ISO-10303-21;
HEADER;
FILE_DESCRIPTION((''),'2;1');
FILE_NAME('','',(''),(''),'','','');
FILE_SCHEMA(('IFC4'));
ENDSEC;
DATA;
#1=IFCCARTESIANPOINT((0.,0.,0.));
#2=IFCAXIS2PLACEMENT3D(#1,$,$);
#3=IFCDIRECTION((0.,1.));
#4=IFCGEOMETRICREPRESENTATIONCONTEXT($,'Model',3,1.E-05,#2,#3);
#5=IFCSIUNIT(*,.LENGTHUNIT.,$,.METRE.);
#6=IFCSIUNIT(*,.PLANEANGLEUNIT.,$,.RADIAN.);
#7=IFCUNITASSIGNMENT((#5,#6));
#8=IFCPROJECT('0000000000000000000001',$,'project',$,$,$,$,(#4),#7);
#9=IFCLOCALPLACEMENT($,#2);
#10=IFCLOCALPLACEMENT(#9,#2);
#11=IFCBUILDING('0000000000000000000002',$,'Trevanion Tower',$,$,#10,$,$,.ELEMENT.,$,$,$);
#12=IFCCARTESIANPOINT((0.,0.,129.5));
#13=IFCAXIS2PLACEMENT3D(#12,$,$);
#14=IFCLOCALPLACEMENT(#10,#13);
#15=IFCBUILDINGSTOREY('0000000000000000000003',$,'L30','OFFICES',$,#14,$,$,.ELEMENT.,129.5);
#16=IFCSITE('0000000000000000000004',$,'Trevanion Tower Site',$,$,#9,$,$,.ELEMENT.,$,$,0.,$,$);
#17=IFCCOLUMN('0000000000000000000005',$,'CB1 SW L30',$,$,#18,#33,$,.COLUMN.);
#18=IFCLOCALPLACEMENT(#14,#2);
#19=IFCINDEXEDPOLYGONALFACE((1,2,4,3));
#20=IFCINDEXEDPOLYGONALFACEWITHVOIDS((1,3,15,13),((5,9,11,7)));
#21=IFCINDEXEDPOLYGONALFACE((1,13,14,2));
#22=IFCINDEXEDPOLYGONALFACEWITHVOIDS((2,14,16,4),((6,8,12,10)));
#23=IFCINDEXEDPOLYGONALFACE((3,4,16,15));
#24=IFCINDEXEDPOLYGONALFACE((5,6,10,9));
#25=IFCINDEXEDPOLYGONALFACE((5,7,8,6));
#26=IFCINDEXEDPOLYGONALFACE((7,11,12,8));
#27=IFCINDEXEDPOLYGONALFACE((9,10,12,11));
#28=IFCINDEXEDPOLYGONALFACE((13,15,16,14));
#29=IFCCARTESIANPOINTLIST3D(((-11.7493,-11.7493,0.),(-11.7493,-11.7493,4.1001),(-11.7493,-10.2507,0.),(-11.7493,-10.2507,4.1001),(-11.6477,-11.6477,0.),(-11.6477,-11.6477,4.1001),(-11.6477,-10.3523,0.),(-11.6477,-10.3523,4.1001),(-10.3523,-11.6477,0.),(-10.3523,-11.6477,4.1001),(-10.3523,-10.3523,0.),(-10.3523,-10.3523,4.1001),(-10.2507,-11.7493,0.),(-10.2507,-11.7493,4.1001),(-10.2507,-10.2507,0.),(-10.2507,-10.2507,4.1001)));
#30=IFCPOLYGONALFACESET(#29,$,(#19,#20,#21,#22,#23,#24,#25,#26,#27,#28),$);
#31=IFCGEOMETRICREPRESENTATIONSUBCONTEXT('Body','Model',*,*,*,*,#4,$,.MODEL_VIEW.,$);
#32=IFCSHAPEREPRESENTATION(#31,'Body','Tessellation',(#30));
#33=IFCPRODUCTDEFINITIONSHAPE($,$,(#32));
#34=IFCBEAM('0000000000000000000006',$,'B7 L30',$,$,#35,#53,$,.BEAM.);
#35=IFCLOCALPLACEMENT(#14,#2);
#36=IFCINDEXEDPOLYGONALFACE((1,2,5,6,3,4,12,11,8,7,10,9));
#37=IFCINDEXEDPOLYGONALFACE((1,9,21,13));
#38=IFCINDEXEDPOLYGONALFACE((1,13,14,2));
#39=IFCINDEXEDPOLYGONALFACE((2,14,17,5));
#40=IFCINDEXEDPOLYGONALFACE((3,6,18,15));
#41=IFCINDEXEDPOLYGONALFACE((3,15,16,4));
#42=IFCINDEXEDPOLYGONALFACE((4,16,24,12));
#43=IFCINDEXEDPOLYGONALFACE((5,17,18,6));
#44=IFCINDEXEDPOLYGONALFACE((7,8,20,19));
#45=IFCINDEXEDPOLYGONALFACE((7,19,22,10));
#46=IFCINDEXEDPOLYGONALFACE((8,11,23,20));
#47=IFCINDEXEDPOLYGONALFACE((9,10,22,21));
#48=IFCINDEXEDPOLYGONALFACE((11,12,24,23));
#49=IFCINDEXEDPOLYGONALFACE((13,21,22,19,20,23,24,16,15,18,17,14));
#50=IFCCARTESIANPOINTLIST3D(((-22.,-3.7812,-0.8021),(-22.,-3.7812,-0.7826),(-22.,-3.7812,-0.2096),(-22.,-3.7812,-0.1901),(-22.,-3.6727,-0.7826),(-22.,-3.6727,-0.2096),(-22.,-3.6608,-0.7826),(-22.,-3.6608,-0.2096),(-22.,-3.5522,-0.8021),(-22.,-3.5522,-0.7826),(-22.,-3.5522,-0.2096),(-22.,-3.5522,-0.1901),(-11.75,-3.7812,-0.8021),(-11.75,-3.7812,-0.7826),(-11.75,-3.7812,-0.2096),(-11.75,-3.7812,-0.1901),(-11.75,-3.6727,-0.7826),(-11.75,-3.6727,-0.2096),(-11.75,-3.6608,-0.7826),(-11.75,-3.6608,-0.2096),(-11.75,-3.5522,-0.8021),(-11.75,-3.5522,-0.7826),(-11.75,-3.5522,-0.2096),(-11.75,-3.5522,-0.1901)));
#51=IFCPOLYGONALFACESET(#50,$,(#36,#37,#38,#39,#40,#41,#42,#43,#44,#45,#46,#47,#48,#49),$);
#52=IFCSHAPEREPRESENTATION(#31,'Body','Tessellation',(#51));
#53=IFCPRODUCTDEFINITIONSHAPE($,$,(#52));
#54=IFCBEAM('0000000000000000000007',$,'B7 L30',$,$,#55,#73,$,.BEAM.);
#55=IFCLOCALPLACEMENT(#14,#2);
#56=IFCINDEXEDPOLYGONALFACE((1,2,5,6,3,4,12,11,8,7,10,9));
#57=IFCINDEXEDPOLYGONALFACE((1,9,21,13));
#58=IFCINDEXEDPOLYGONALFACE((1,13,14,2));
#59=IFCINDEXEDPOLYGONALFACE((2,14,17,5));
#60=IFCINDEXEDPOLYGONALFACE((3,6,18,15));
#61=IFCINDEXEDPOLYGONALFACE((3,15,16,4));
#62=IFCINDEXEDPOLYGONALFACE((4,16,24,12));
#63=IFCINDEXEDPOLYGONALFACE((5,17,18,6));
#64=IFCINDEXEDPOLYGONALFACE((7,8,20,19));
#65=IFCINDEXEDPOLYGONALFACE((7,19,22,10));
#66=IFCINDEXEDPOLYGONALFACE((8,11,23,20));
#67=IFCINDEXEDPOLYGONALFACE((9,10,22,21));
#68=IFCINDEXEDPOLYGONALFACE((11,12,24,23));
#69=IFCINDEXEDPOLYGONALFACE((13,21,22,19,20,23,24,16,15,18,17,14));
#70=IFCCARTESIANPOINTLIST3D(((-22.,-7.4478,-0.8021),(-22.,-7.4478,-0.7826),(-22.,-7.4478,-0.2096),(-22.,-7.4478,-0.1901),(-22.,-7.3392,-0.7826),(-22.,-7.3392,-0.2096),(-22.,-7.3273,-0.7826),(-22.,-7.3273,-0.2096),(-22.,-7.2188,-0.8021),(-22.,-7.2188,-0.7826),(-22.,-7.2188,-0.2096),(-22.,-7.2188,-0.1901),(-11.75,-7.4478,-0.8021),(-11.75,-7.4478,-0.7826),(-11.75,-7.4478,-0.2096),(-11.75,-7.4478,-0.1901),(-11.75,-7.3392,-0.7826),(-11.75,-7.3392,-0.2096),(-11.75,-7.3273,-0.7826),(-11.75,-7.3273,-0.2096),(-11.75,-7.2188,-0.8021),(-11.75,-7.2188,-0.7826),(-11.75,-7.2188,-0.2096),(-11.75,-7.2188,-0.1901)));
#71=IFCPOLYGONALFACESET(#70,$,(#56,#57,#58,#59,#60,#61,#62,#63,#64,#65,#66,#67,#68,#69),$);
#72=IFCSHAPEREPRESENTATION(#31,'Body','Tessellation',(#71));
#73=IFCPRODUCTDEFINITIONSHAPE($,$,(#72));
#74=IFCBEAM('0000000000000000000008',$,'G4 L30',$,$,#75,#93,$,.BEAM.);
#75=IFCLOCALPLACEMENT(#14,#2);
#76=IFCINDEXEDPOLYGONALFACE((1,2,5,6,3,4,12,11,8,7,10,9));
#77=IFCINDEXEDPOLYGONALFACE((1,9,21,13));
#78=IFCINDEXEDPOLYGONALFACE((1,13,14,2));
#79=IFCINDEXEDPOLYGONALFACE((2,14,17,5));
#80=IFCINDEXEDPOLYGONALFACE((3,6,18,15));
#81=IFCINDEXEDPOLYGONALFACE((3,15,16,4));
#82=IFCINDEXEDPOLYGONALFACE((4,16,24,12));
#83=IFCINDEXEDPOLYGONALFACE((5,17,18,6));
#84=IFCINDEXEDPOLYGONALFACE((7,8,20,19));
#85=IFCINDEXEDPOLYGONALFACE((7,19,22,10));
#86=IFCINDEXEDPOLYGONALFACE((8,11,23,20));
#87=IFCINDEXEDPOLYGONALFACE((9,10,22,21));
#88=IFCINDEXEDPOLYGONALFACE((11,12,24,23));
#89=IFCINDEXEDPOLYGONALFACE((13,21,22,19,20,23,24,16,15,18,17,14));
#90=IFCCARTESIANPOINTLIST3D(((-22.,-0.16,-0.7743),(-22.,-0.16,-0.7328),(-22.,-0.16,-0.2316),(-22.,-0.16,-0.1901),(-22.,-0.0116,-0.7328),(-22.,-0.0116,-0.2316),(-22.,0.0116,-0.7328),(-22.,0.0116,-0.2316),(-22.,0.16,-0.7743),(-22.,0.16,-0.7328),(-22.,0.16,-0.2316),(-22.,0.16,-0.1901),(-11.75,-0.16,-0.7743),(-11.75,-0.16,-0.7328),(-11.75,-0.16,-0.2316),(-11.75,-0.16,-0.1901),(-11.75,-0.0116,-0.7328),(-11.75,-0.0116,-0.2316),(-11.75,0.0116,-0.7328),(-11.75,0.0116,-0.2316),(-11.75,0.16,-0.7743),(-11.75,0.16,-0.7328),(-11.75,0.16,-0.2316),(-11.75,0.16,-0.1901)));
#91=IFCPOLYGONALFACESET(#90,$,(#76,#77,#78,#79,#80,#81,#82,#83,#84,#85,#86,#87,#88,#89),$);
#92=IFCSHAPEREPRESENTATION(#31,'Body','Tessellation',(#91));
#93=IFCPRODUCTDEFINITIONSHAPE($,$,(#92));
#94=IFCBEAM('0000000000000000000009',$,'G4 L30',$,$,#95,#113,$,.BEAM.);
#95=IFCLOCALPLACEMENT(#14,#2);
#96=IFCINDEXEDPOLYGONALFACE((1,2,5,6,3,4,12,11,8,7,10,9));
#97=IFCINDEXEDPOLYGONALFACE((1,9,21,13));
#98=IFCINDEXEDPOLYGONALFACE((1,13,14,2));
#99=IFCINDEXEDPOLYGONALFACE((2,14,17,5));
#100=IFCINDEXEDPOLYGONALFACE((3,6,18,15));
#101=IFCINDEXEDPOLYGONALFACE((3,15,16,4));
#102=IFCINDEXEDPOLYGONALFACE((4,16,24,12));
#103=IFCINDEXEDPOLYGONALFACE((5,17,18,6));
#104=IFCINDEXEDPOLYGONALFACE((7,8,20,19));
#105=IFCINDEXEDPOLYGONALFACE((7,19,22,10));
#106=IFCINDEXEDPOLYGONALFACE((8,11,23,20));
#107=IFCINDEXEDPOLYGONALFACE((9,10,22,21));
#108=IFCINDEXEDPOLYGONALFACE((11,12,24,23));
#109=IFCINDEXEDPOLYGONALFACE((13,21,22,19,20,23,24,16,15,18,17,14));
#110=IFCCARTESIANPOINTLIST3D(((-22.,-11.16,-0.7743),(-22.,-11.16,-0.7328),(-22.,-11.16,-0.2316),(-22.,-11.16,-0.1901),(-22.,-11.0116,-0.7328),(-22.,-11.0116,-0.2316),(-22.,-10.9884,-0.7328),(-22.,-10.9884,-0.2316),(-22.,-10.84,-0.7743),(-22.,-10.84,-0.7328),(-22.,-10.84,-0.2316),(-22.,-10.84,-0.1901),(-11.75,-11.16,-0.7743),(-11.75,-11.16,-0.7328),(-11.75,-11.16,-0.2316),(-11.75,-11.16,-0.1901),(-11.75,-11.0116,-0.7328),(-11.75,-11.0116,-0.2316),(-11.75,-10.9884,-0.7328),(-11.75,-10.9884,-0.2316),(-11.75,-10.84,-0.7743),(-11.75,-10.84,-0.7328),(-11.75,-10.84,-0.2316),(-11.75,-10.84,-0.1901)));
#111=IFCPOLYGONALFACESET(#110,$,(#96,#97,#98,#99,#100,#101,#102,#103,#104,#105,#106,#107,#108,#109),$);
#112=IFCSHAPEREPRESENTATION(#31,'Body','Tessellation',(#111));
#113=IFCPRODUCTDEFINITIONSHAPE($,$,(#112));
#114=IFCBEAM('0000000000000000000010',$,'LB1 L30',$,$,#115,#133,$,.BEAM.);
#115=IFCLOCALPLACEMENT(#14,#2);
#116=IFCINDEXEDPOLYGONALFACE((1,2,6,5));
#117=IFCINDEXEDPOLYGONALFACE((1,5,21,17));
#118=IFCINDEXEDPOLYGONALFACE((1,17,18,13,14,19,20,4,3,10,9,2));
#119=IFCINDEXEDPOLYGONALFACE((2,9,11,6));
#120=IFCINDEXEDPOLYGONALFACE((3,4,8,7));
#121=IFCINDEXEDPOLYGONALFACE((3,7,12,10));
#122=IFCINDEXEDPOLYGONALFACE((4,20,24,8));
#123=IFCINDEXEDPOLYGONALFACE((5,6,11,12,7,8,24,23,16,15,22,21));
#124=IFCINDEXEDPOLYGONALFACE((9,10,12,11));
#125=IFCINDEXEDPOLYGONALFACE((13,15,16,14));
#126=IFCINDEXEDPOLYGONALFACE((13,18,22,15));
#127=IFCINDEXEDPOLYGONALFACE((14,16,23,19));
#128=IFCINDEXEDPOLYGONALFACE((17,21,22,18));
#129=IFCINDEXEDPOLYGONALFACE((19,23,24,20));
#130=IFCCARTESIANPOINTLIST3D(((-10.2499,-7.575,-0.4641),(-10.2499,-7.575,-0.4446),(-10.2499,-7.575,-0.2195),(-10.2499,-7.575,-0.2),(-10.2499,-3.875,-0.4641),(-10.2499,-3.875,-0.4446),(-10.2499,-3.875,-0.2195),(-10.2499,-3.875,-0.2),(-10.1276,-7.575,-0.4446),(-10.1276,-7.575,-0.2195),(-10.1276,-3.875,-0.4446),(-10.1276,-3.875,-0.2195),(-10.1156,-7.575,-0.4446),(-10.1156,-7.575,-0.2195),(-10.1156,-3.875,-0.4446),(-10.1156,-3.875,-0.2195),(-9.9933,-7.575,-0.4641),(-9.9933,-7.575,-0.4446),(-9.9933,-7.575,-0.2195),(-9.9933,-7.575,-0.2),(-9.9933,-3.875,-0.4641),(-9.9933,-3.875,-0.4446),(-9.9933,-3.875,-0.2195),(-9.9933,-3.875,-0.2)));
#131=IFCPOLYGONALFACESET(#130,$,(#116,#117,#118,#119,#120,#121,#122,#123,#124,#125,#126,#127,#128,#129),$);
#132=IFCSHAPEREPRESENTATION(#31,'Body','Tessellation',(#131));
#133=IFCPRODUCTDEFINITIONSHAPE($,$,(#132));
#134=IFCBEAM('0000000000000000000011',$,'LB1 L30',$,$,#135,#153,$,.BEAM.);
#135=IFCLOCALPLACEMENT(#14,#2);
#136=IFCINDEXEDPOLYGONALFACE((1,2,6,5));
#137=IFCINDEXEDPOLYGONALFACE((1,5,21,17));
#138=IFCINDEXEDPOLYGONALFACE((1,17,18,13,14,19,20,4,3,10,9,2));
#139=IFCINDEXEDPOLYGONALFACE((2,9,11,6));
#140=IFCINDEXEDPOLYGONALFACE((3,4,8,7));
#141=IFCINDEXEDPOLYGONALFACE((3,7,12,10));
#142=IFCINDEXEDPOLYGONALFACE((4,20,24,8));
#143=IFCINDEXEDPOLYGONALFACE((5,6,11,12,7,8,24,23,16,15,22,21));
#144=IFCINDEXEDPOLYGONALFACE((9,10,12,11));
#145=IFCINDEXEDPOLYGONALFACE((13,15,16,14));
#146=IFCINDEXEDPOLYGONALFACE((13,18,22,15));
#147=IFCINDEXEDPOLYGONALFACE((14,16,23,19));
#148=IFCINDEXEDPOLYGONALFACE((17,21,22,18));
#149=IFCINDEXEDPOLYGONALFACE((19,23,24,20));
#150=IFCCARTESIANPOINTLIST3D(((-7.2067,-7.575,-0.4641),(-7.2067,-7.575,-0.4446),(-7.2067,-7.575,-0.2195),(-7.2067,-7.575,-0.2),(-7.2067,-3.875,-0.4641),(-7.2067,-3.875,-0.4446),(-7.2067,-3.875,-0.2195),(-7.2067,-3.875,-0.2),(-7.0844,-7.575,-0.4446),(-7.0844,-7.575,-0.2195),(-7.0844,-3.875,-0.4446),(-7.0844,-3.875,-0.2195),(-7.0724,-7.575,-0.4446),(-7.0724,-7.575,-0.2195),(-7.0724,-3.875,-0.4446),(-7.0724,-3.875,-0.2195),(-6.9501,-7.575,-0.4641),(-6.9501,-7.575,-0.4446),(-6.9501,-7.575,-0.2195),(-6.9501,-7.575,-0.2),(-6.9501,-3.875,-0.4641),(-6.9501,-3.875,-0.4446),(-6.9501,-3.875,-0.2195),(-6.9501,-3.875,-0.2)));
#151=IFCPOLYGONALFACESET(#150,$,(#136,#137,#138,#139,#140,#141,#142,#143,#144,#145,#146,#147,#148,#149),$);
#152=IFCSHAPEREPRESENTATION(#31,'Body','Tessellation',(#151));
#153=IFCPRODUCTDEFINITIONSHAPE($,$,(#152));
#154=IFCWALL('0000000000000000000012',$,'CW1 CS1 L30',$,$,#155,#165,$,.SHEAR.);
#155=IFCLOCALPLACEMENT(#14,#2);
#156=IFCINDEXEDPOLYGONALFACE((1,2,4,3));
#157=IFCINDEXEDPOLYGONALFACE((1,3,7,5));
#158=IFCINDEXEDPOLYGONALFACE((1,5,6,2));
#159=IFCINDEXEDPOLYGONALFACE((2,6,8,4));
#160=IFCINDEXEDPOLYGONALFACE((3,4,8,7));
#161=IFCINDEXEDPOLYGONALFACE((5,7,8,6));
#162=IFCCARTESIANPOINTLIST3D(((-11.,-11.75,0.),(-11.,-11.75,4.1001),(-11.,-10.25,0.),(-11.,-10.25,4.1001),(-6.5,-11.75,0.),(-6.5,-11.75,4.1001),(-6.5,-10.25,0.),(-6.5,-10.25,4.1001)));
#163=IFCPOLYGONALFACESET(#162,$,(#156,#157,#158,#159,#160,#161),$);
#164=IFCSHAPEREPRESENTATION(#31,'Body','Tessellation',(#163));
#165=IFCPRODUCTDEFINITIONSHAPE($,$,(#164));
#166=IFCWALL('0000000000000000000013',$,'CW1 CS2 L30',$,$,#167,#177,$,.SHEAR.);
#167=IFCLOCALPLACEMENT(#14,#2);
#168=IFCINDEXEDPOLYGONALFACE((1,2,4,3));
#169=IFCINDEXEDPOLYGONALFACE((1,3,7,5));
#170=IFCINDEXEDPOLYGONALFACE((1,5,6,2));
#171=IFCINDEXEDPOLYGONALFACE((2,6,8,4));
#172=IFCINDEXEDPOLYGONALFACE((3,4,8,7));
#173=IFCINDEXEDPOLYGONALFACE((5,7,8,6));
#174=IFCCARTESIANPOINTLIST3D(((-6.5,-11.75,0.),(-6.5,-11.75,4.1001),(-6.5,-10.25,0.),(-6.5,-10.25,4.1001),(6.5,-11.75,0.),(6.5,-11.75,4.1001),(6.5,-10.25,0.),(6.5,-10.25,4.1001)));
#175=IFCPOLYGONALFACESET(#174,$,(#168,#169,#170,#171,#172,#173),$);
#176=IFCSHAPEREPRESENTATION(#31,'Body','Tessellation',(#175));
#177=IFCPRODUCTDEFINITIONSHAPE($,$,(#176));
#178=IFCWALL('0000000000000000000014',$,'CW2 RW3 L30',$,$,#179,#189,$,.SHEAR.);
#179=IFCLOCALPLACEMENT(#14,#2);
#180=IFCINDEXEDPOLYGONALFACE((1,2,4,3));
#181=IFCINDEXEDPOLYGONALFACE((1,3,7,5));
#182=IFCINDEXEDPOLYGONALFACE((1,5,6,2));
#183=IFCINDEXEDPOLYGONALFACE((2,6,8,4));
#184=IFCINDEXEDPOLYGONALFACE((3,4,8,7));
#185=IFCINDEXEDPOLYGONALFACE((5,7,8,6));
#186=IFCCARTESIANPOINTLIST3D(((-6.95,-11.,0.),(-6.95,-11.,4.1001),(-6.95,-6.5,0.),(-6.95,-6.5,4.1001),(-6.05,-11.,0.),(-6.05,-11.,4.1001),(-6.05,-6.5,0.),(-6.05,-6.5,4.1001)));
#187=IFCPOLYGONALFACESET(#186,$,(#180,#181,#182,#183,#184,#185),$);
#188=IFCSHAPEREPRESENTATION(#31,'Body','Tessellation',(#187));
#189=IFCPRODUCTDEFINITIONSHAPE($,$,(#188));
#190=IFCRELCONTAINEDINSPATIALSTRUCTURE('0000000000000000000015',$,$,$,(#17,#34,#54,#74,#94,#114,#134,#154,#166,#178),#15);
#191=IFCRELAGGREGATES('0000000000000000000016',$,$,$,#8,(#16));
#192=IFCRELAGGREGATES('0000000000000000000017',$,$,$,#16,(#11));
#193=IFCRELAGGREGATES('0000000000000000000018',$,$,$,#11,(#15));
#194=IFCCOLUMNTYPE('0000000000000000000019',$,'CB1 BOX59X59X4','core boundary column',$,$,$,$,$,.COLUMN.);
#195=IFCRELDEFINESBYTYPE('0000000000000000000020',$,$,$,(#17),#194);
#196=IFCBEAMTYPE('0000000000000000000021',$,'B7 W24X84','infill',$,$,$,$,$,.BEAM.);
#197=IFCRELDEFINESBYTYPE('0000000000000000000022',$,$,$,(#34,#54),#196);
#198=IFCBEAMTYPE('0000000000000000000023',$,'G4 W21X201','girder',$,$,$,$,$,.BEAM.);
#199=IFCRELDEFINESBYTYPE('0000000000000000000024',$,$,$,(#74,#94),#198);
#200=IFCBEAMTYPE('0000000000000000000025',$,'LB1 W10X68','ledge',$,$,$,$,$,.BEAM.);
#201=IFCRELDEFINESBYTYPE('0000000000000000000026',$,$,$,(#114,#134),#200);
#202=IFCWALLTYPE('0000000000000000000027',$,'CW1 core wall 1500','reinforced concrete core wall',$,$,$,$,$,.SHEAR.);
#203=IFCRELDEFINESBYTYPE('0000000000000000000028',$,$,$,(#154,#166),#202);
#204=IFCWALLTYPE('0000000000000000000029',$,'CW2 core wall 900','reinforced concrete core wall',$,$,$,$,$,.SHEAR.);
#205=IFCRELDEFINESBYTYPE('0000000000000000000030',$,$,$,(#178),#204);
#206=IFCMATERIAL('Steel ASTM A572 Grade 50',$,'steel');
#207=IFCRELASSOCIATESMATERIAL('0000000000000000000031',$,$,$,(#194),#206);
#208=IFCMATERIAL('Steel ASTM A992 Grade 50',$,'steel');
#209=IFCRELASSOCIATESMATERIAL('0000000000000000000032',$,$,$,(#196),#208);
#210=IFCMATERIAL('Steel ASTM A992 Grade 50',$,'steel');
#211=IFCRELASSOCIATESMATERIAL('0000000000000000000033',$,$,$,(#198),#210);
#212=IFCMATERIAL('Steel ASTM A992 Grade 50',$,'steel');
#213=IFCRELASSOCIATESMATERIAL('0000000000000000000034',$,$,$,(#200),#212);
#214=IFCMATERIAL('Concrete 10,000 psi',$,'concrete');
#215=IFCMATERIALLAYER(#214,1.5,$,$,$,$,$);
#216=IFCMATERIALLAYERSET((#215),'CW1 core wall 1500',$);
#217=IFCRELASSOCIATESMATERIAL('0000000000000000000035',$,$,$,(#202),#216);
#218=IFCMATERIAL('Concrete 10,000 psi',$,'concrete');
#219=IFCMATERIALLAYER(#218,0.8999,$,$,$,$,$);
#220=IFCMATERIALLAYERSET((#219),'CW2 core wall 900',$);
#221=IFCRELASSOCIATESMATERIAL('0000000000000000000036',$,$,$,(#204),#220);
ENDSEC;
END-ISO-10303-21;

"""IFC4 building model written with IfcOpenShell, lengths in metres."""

from ifc_helpers import new_model, si_unit, direction, frame, frame_2d, origin, origin_2d, place, context, subcontext, project, spatial, rectangle, hollow_rectangle, i_section, extrude, material, layer, layer_set, material_profile, profile_set, type_object, element, save


model = new_model("IFC4")

# Units and contexts
model_context = context("Model", 3, precision=1e-05, world=origin(), true_north=direction((0.0, 1.0)))
body_context = subcontext(model_context, "Body", "Model", "MODEL_VIEW")
ifc_project = project(units=[si_unit("LENGTHUNIT", "METRE"), si_unit("PLANEANGLEUNIT", "RADIAN")], contexts=[model_context])

# Site, building, storey
site_placement = place(None, origin())
site = spatial("IfcSite", under=ifc_project, at=site_placement, Name="Trevanion Tower Site", CompositionType="ELEMENT", RefElevation=0.0)
building_placement = place(site_placement, origin())
building = spatial("IfcBuilding", under=site, at=building_placement, Name="Trevanion Tower", CompositionType="ELEMENT")
storey_placement = place(building_placement, frame((0.0, 0.0, 129.5)))
storey = spatial("IfcBuildingStorey", under=building, at=storey_placement, Name="L30", Description="OFFICES", CompositionType="ELEMENT", Elevation=129.5)

# Column
ifc_material_1 = material(Name="Steel ASTM A572 Grade 50", Category="steel")
ifc_material_profile_1 = material_profile(ifc_material_1, hollow_rectangle(XDim=1.4985, YDim=1.4985, WallThickness=0.1016, at=origin_2d()), Name="BOX59X59X4")
ifc_profile_set_1 = profile_set([ifc_material_profile_1], Name="Steel ASTM A572 Grade 50")
column_type = type_object("IfcColumnType", Name="CB1 BOX59X59X4", Description="core boundary column", PredefinedType="COLUMN", material=ifc_profile_set_1)
column_placement = place(storey_placement, frame((-11.0, -11.0, 0.0), z_axis=(0.0, 0.0, 1.0), x_axis=(1.0, 0.0, 0.0)))
element("IfcColumn", 1, at=column_placement, inside=storey, type_object=column_type, Name="CB1 SW L30", PredefinedType="COLUMN", context=body_context, shape_type="SweptSolid", body=[
    extrude(hollow_rectangle(XDim=1.4985, YDim=1.4985, WallThickness=0.1016, at=origin_2d()), origin(), (0.0, 0.0, 1.0), 4.1001),
])

# Beams
ifc_material_2 = material(Name="Steel ASTM A992 Grade 50", Category="steel")
ifc_material_profile_2 = material_profile(ifc_material_2, i_section(OverallWidth=0.229, OverallDepth=0.6121, WebThickness=0.012, FlangeThickness=0.0195, at=origin_2d()), Name="W24X84")
ifc_profile_set_2 = profile_set([ifc_material_profile_2], Name="Steel ASTM A992 Grade 50")
beam_type_1 = type_object("IfcBeamType", Name="B7 W24X84", Description="infill", PredefinedType="BEAM", material=ifc_profile_set_2)
for number, where, z_axis, x_axis, name in (
    (2, (-11.75, -3.6667, -0.4961), (-1.0, 0.0, 0.0), (0.0, -1.0, 0.0), "B7 L30"),
    (3, (-11.75, -7.3333, -0.4961), (-1.0, 0.0, 0.0), (0.0, -1.0, 0.0), "B7 L30"),
):
    element("IfcBeam", number, at=place(storey_placement, frame(where, z_axis=z_axis, x_axis=x_axis)), inside=storey, type_object=beam_type_1, Name=name, PredefinedType="BEAM", context=body_context, shape_type="SweptSolid", body=[
        extrude(i_section(OverallWidth=0.229, OverallDepth=0.6121, WebThickness=0.012, FlangeThickness=0.0195, at=origin_2d()), origin(), (0.0, 0.0, 1.0), 10.25),
    ])
ifc_material_3 = material(Name="Steel ASTM A992 Grade 50", Category="steel")
ifc_material_profile_3 = material_profile(ifc_material_3, i_section(OverallWidth=0.3201, OverallDepth=0.5842, WebThickness=0.0232, FlangeThickness=0.0415, at=origin_2d()), Name="W21X201")
ifc_profile_set_3 = profile_set([ifc_material_profile_3], Name="Steel ASTM A992 Grade 50")
beam_type_2 = type_object("IfcBeamType", Name="G4 W21X201", Description="girder", PredefinedType="BEAM", material=ifc_profile_set_3)
for number, where, z_axis, x_axis, name in (
    (4, (-11.75, 0.0, -0.4822), (-1.0, 0.0, 0.0), (0.0, -1.0, 0.0), "G4 L30"),
    (5, (-11.75, -11.0, -0.4822), (-1.0, 0.0, 0.0), (0.0, -1.0, 0.0), "G4 L30"),
):
    element("IfcBeam", number, at=place(storey_placement, frame(where, z_axis=z_axis, x_axis=x_axis)), inside=storey, type_object=beam_type_2, Name=name, PredefinedType="BEAM", context=body_context, shape_type="SweptSolid", body=[
        extrude(i_section(OverallWidth=0.3201, OverallDepth=0.5842, WebThickness=0.0232, FlangeThickness=0.0415, at=origin_2d()), origin(), (0.0, 0.0, 1.0), 10.25),
    ])
ifc_material_4 = material(Name="Steel ASTM A992 Grade 50", Category="steel")
ifc_material_profile_4 = material_profile(ifc_material_4, i_section(OverallWidth=0.2566, OverallDepth=0.2642, WebThickness=0.012, FlangeThickness=0.0195, at=origin_2d()), Name="W10X68")
ifc_profile_set_4 = profile_set([ifc_material_profile_4], Name="Steel ASTM A992 Grade 50")
beam_type_3 = type_object("IfcBeamType", Name="LB1 W10X68", Description="ledge", PredefinedType="BEAM", material=ifc_profile_set_4)
for number, where, z_axis, x_axis, name in (
    (6, (-10.1216, -7.575, -0.332), (0.0, 1.0, 0.0), (-1.0, 0.0, 0.0), "LB1 L30"),
    (7, (-7.0784, -7.575, -0.332), (0.0, 1.0, 0.0), (-1.0, 0.0, 0.0), "LB1 L30"),
):
    element("IfcBeam", number, at=place(storey_placement, frame(where, z_axis=z_axis, x_axis=x_axis)), inside=storey, type_object=beam_type_3, Name=name, PredefinedType="BEAM", context=body_context, shape_type="SweptSolid", body=[
        extrude(i_section(OverallWidth=0.2566, OverallDepth=0.2642, WebThickness=0.012, FlangeThickness=0.0195, at=origin_2d()), origin(), (0.0, 0.0, 1.0), 3.7),
    ])

# Walls
ifc_material_5 = material(Name="Concrete 10,000 psi", Category="concrete")
ifc_layer_1 = layer(ifc_material_5, 1.5)
ifc_layer_set_1 = layer_set([ifc_layer_1], Name="CW1 core wall 1500")
wall_type_1 = type_object("IfcWallType", Name="CW1 core wall 1500", Description="reinforced concrete core wall", PredefinedType="SHEAR", material=ifc_layer_set_1)
wall_1_placement = place(storey_placement, frame((-11.0, -11.0, 0.0), z_axis=(0.0, 0.0, 1.0), x_axis=(1.0, 0.0, 0.0)))
element("IfcWall", 8, at=wall_1_placement, inside=storey, type_object=wall_type_1, Name="CW1 CS1 L30", PredefinedType="SHEAR", context=body_context, shape_type="SweptSolid", body=[
    extrude(rectangle(XDim=4.5, YDim=1.5, at=frame_2d((2.25, 0.0))), origin(), (0.0, 0.0, 1.0), 4.1001),
])
wall_2_placement = place(storey_placement, frame((-6.5, -11.0, 0.0), z_axis=(0.0, 0.0, 1.0), x_axis=(1.0, 0.0, 0.0)))
element("IfcWall", 9, at=wall_2_placement, inside=storey, type_object=wall_type_1, Name="CW1 CS2 L30", PredefinedType="SHEAR", context=body_context, shape_type="SweptSolid", body=[
    extrude(rectangle(XDim=13.0, YDim=1.5, at=frame_2d((6.5, 0.0))), origin(), (0.0, 0.0, 1.0), 4.1001),
])
ifc_material_6 = material(Name="Concrete 10,000 psi", Category="concrete")
ifc_layer_2 = layer(ifc_material_6, 0.8999)
ifc_layer_set_2 = layer_set([ifc_layer_2], Name="CW2 core wall 900")
wall_type_2 = type_object("IfcWallType", Name="CW2 core wall 900", Description="reinforced concrete core wall", PredefinedType="SHEAR", material=ifc_layer_set_2)
wall_3_placement = place(storey_placement, frame((-6.5, -6.5, 0.0), z_axis=(0.0, 0.0, 1.0), x_axis=(0.0, -1.0, 0.0)))
element("IfcWall", 10, at=wall_3_placement, inside=storey, type_object=wall_type_2, Name="CW2 RW3 L30", PredefinedType="SHEAR", context=body_context, shape_type="SweptSolid", body=[
    extrude(rectangle(XDim=4.5, YDim=0.8999, at=frame_2d((2.25, 0.0))), origin(), (0.0, 0.0, 1.0), 4.1001),
])

save(model, "model.ifc")
